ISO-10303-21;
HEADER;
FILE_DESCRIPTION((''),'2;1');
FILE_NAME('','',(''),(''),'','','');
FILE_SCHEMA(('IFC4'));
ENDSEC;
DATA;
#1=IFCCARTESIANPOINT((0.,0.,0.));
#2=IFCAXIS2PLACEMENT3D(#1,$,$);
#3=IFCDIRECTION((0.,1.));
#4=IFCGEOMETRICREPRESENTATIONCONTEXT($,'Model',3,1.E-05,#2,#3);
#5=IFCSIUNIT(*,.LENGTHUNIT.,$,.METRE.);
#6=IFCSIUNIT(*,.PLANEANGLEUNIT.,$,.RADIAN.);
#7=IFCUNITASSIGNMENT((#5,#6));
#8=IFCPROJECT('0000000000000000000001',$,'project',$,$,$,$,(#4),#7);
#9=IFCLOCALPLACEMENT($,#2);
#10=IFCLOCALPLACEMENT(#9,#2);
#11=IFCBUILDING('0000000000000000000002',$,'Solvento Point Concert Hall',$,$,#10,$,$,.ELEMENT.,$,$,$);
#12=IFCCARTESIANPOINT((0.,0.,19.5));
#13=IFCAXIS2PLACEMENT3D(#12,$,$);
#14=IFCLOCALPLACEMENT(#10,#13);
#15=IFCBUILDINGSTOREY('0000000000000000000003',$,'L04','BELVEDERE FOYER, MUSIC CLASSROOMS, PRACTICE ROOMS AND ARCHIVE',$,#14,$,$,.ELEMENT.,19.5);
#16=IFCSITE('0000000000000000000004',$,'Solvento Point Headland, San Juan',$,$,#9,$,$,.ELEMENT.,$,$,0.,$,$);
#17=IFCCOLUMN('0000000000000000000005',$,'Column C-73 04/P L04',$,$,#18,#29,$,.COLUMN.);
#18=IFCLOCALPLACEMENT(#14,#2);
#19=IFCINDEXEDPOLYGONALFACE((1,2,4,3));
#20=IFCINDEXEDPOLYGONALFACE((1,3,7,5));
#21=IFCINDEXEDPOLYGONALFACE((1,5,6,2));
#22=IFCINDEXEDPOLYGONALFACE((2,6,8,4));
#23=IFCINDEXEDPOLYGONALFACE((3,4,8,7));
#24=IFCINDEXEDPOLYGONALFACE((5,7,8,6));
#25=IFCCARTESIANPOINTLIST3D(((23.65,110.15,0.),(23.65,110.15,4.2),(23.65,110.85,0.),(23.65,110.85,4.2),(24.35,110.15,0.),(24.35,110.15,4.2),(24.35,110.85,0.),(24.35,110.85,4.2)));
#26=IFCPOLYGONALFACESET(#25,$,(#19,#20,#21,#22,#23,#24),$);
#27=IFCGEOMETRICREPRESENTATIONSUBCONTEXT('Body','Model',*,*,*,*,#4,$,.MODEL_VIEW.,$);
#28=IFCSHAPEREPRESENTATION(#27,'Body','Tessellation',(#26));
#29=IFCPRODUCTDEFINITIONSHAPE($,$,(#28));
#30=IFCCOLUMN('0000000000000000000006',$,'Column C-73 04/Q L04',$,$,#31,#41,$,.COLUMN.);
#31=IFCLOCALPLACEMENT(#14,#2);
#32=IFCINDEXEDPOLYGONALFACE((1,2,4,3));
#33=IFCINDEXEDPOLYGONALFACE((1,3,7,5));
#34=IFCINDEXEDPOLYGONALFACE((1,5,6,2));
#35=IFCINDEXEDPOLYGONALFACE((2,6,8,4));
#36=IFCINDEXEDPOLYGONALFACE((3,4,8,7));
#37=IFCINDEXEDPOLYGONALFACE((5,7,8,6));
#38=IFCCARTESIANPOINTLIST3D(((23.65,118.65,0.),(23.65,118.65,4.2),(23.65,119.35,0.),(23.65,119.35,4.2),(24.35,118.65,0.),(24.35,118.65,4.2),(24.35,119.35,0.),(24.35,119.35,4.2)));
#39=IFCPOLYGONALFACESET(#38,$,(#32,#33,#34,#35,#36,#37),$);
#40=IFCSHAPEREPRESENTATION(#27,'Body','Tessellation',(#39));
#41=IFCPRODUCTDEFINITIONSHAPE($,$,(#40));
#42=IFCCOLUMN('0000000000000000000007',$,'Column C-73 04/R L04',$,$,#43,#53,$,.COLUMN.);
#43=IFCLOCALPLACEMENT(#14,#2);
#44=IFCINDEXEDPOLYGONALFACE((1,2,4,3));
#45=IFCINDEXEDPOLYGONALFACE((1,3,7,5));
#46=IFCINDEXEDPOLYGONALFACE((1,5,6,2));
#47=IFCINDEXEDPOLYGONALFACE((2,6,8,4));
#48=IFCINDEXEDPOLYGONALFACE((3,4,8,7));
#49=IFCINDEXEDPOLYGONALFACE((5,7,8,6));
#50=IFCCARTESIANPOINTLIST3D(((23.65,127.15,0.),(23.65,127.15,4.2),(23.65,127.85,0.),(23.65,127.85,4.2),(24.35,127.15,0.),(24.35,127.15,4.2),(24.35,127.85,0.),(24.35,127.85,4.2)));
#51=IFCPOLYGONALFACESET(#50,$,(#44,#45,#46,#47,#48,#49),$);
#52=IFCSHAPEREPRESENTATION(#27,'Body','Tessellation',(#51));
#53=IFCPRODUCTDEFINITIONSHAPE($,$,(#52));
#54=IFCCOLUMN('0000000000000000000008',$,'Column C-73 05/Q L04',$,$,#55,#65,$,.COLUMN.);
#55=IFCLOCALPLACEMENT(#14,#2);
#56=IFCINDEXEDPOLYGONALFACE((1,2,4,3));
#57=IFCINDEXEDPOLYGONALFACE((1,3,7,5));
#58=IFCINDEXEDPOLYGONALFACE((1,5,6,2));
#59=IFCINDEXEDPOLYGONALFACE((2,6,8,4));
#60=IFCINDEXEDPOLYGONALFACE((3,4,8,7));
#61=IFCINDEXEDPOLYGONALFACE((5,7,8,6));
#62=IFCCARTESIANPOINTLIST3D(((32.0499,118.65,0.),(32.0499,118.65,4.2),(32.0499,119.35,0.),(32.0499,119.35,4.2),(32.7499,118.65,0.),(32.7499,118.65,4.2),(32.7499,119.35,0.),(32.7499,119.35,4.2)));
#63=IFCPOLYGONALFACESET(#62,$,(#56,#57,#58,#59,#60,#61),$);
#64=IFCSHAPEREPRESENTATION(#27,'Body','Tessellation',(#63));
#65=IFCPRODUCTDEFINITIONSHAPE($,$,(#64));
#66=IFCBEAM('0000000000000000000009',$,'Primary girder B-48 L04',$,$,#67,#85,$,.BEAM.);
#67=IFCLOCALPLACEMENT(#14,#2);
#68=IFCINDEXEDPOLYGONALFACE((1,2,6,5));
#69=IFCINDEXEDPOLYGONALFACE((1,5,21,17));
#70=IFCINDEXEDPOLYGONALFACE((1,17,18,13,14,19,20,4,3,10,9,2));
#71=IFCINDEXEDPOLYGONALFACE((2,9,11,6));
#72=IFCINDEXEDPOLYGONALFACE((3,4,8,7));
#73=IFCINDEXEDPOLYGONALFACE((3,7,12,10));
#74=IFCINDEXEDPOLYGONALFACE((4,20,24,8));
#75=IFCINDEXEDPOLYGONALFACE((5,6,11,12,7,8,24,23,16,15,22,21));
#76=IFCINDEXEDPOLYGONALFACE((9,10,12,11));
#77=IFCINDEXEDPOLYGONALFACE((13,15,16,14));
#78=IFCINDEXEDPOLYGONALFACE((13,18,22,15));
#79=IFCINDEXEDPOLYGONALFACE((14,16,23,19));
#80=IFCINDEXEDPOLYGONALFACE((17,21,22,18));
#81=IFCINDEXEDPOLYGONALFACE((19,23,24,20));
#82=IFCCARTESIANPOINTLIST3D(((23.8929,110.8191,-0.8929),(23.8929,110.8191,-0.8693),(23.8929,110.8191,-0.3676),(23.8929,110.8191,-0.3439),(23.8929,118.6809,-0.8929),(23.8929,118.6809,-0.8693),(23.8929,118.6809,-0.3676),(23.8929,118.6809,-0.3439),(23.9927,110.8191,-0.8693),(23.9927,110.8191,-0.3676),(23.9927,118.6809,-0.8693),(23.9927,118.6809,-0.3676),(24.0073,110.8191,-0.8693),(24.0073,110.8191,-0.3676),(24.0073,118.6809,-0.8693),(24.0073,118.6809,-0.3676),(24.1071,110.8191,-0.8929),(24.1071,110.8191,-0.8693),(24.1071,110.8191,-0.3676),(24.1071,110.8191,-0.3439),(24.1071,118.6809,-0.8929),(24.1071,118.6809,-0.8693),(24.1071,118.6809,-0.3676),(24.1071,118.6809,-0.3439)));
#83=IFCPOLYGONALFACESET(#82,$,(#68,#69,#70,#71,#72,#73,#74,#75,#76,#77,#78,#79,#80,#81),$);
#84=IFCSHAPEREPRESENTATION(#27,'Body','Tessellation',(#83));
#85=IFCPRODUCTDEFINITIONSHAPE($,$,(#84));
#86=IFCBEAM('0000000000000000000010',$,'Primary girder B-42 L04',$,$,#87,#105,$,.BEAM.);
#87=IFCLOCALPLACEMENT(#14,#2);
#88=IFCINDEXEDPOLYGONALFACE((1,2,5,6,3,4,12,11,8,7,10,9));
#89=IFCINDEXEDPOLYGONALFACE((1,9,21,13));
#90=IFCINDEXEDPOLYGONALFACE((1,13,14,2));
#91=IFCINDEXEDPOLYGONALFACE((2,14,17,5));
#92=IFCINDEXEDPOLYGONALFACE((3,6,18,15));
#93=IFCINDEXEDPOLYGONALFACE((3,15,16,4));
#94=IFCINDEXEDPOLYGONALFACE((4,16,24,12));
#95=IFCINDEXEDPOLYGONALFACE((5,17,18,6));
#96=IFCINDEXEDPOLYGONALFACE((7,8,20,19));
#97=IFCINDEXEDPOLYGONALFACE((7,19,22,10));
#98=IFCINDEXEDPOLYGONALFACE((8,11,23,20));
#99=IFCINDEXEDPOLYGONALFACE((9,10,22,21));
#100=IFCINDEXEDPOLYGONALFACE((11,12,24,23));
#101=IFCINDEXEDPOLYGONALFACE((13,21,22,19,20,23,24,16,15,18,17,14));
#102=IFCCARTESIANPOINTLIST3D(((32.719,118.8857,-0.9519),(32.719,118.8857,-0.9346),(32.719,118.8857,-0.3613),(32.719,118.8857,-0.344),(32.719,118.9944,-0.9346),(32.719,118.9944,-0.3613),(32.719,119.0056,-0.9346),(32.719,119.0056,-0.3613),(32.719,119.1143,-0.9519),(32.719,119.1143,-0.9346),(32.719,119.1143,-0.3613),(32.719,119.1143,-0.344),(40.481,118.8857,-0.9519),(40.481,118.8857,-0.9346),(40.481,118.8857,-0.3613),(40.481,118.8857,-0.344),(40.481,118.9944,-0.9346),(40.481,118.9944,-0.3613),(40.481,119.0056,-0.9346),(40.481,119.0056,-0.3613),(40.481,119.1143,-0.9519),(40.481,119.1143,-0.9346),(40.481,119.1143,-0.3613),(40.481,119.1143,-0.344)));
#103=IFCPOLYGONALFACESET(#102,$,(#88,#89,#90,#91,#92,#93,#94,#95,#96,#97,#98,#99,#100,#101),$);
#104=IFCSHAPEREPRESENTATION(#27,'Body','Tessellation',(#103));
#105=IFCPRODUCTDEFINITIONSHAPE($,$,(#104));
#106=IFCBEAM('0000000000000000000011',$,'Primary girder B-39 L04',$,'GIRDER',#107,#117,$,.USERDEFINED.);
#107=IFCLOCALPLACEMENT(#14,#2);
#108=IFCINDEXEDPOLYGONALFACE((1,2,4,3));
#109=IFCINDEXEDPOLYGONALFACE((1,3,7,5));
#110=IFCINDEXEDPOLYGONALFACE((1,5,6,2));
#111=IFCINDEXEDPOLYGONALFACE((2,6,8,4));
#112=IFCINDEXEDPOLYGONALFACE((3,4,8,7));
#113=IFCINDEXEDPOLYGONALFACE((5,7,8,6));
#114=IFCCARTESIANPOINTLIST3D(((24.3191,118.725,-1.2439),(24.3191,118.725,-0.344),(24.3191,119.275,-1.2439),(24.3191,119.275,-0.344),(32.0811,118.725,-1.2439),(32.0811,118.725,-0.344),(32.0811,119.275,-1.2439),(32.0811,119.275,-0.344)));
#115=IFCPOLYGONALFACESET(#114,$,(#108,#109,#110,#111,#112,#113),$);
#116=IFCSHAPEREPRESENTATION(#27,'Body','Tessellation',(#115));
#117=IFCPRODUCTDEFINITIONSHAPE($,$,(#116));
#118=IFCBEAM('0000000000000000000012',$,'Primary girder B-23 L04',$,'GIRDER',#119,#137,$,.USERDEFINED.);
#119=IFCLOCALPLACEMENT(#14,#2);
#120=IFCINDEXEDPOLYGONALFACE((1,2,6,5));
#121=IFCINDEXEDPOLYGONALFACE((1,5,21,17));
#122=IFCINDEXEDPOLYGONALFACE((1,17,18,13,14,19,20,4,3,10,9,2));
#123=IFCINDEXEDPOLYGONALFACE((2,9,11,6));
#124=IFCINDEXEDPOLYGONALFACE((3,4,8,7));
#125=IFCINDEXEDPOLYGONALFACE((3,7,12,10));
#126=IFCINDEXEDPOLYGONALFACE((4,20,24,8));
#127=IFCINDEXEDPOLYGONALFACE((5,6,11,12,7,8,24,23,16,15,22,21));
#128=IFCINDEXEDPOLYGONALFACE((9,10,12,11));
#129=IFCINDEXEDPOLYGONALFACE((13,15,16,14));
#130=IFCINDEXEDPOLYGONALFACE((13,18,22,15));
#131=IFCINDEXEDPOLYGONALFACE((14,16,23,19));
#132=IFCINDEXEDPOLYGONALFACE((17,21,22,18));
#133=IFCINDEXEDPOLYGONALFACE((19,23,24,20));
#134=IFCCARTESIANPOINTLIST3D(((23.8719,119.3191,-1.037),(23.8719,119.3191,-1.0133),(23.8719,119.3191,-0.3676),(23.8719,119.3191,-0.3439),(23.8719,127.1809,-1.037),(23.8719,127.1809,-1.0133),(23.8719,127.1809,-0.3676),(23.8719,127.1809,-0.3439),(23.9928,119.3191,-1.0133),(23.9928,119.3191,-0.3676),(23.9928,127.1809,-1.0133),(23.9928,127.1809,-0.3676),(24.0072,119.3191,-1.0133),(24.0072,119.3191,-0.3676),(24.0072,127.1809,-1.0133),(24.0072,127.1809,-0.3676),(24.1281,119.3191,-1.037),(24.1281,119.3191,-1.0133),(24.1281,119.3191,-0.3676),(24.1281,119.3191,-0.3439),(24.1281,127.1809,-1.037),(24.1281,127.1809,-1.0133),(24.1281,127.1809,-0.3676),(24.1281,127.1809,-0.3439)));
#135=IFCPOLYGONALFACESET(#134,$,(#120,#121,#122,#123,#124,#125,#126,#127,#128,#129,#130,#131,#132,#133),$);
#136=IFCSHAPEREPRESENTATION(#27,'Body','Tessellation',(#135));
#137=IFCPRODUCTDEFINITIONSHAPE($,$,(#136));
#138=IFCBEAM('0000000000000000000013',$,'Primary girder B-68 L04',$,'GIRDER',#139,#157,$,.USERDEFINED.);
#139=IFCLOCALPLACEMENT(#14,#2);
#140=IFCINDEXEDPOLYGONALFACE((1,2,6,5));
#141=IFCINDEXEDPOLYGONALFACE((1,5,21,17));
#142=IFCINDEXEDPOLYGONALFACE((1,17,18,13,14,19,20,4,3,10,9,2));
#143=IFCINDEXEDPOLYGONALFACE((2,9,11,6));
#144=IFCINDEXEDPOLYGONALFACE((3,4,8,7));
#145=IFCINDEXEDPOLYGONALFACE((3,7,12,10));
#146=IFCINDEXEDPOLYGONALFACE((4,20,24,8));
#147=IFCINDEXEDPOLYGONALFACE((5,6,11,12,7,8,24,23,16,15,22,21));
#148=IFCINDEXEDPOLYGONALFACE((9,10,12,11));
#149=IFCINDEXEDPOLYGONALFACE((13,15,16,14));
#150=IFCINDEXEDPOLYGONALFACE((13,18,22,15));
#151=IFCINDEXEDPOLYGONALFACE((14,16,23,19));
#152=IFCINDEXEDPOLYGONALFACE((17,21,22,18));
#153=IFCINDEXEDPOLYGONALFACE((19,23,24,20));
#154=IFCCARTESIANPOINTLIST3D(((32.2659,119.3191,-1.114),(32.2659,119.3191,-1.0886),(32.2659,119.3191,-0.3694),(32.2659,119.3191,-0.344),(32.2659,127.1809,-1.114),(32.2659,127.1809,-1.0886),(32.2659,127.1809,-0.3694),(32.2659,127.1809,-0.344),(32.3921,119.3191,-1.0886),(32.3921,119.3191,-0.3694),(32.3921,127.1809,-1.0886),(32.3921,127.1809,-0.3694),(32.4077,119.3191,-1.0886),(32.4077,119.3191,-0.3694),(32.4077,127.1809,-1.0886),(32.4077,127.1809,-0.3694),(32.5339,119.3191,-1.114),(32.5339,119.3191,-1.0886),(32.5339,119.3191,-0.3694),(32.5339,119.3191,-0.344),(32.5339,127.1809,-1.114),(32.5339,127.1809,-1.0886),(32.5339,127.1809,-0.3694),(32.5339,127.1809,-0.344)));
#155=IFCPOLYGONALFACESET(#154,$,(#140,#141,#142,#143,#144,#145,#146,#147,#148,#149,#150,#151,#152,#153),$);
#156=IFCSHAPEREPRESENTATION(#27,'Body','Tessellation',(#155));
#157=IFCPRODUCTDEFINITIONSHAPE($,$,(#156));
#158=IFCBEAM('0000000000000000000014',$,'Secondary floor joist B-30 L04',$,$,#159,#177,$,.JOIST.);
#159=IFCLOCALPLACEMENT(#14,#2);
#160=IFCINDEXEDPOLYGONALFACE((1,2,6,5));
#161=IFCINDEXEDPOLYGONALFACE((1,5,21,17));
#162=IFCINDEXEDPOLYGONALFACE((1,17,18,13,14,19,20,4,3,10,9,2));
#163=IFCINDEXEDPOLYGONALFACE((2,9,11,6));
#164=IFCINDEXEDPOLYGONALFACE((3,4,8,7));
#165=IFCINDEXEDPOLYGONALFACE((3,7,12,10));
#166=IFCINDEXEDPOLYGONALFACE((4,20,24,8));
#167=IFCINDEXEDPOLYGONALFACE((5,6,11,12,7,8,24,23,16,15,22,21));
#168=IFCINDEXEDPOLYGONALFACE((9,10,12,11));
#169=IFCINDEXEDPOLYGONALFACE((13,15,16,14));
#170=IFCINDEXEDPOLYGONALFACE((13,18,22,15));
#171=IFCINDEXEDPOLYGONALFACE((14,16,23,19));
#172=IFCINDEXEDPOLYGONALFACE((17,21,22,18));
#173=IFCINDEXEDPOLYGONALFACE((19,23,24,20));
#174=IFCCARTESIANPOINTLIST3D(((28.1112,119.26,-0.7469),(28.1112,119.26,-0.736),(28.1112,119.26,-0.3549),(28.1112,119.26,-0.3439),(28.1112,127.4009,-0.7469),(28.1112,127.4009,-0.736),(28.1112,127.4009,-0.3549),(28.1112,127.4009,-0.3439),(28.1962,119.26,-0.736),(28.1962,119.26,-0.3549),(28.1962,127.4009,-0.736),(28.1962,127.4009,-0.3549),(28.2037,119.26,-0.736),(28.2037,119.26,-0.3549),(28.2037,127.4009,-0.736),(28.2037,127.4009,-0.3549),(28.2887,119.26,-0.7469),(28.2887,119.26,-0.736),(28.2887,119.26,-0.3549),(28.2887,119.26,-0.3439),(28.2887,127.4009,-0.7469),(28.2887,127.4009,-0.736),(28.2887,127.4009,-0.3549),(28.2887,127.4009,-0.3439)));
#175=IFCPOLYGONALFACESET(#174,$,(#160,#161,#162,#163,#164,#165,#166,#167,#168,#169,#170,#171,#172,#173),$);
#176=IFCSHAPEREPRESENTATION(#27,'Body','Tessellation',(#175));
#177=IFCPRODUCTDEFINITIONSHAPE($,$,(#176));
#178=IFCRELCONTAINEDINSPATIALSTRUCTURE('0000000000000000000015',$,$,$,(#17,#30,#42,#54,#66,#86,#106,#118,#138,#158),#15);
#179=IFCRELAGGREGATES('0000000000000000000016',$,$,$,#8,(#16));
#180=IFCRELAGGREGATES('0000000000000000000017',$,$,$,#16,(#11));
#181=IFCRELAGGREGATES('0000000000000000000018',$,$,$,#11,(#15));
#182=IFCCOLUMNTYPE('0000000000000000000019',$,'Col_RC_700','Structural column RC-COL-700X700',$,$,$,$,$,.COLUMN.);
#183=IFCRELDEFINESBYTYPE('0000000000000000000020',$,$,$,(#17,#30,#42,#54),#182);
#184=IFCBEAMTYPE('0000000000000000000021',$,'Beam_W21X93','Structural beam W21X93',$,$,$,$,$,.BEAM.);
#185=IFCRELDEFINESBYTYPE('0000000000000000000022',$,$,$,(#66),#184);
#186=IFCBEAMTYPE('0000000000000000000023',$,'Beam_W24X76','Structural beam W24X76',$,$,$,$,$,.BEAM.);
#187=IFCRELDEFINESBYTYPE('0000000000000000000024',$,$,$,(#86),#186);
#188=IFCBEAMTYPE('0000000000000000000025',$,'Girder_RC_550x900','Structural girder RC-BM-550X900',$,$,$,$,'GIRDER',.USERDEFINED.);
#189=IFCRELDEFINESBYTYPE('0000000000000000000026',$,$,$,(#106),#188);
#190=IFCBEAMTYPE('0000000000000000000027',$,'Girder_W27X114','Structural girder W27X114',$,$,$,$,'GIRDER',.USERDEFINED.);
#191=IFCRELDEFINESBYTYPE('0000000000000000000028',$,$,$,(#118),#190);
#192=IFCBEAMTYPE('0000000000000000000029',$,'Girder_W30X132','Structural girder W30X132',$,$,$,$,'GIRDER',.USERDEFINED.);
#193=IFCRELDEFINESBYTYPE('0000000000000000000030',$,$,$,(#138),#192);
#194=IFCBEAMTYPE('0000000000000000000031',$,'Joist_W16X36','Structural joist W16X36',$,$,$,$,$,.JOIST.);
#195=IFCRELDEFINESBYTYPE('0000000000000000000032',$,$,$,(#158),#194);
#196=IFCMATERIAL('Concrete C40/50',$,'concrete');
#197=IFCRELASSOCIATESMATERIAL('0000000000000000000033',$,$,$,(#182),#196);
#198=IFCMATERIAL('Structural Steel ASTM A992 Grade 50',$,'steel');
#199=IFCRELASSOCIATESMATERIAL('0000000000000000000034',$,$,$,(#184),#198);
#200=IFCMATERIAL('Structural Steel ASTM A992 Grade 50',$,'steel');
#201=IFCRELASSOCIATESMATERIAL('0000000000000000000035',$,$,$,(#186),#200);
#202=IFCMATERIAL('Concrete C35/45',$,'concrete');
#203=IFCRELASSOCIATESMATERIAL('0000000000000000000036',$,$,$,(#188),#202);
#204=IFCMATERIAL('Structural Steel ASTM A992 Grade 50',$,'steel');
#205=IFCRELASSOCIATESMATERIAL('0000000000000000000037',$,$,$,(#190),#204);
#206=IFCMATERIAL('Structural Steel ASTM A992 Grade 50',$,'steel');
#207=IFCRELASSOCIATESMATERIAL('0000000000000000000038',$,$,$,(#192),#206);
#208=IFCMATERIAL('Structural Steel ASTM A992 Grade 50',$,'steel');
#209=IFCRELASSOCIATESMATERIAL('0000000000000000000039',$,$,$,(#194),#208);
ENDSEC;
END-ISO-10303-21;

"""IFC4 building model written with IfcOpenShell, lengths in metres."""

from ifc_helpers import new_model, si_unit, direction, frame, origin, origin_2d, place, context, subcontext, project, spatial, rectangle, i_section, extrude, material, material_profile, profile_set, type_object, element, save


model = new_model("IFC4")

# Units and contexts
model_context = context("Model", 3, precision=1e-05, world=origin(), true_north=direction((0.0, 1.0)))
body_context = subcontext(model_context, "Body", "Model", "MODEL_VIEW")
ifc_project = project(units=[si_unit("LENGTHUNIT", "METRE"), si_unit("PLANEANGLEUNIT", "RADIAN")], contexts=[model_context])

# Site, building, storey
site_placement = place(None, origin())
site = spatial("IfcSite", under=ifc_project, at=site_placement, Name="Solvento Point Headland, San Juan", CompositionType="ELEMENT", RefElevation=0.0)
building_placement = place(site_placement, origin())
building = spatial("IfcBuilding", under=site, at=building_placement, Name="Solvento Point Concert Hall", CompositionType="ELEMENT")
storey_placement = place(building_placement, frame((0.0, 0.0, 19.5)))
storey = spatial("IfcBuildingStorey", under=building, at=storey_placement, Name="L04", Description="BELVEDERE FOYER, MUSIC CLASSROOMS, PRACTICE ROOMS AND ARCHIVE", CompositionType="ELEMENT", Elevation=19.5)

# Columns
ifc_material_1 = material(Name="Concrete C40/50", Category="concrete")
ifc_material_profile_1 = material_profile(ifc_material_1, rectangle(XDim=0.7, YDim=0.7, at=origin_2d()), Name="RC-COL-700X700")
ifc_profile_set_1 = profile_set([ifc_material_profile_1], Name="Concrete C40/50")
column_type = type_object("IfcColumnType", Name="Col_RC_700", Description="Structural column RC-COL-700X700", PredefinedType="COLUMN", material=ifc_profile_set_1)
for number, where, z_axis, x_axis, name in (
    (1, (24.0, 110.5, 0.0), (0.0, 0.0, 1.0), (1.0, 0.0, 0.0), "Column C-73 04/P L04"),
    (2, (24.0, 119.0, 0.0), (0.0, 0.0, 1.0), (1.0, 0.0, 0.0), "Column C-73 04/Q L04"),
    (3, (24.0, 127.5, 0.0), (0.0, 0.0, 1.0), (1.0, 0.0, 0.0), "Column C-73 04/R L04"),
    (4, (32.3999, 119.0, 0.0), (0.0, 0.0, 1.0), (1.0, 0.0, 0.0), "Column C-73 05/Q L04"),
):
    element("IfcColumn", number, at=place(storey_placement, frame(where, z_axis=z_axis, x_axis=x_axis)), inside=storey, type_object=column_type, Name=name, PredefinedType="COLUMN", context=body_context, shape_type="SweptSolid", body=[
        extrude(rectangle(XDim=0.7, YDim=0.7, at=origin_2d()), origin(), (0.0, 0.0, 1.0), 4.2),
    ])

# Beams
ifc_material_2 = material(Name="Structural Steel ASTM A992 Grade 50", Category="steel")
ifc_material_profile_2 = material_profile(ifc_material_2, i_section(OverallWidth=0.2141, OverallDepth=0.5491, WebThickness=0.0146, FlangeThickness=0.0237, at=origin_2d()), Name="W21X93")
ifc_profile_set_2 = profile_set([ifc_material_profile_2], Name="Structural Steel ASTM A992 Grade 50")
beam_type_1 = type_object("IfcBeamType", Name="Beam_W21X93", Description="Structural beam W21X93", PredefinedType="BEAM", material=ifc_profile_set_2)
beam_1_placement = place(storey_placement, frame((24.0, 110.8191, -0.6184), z_axis=(0.0, 1.0, 0.0), x_axis=(-1.0, 0.0, 0.0)))
element("IfcBeam", 5, at=beam_1_placement, inside=storey, type_object=beam_type_1, Name="Primary girder B-48 L04", PredefinedType="BEAM", context=body_context, shape_type="SweptSolid", body=[
    extrude(i_section(OverallWidth=0.2141, OverallDepth=0.5491, WebThickness=0.0146, FlangeThickness=0.0237, at=origin_2d()), origin(), (0.0, 0.0, 1.0), 7.8618),
])
ifc_material_3 = material(Name="Structural Steel ASTM A992 Grade 50", Category="steel")
ifc_material_profile_3 = material_profile(ifc_material_3, i_section(OverallWidth=0.2285, OverallDepth=0.6079, WebThickness=0.0112, FlangeThickness=0.0173, at=origin_2d()), Name="W24X76")
ifc_profile_set_3 = profile_set([ifc_material_profile_3], Name="Structural Steel ASTM A992 Grade 50")
beam_type_2 = type_object("IfcBeamType", Name="Beam_W24X76", Description="Structural beam W24X76", PredefinedType="BEAM", material=ifc_profile_set_3)
beam_2_placement = place(storey_placement, frame((32.719, 119.0, -0.6479), z_axis=(1.0, 0.0, 0.0), x_axis=(0.0, 1.0, 0.0)))
element("IfcBeam", 6, at=beam_2_placement, inside=storey, type_object=beam_type_2, Name="Primary girder B-42 L04", PredefinedType="BEAM", context=body_context, shape_type="SweptSolid", body=[
    extrude(i_section(OverallWidth=0.2285, OverallDepth=0.6079, WebThickness=0.0112, FlangeThickness=0.0173, at=origin_2d()), origin(), (0.0, 0.0, 1.0), 7.762),
])
ifc_material_4 = material(Name="Concrete C35/45", Category="concrete")
ifc_material_profile_4 = material_profile(ifc_material_4, rectangle(XDim=0.55, YDim=0.8999, at=origin_2d()), Name="RC-BM-550X900")
ifc_profile_set_4 = profile_set([ifc_material_profile_4], Name="Concrete C35/45")
beam_type_3 = type_object("IfcBeamType", Name="Girder_RC_550x900", Description="Structural girder RC-BM-550X900", ElementType="GIRDER", PredefinedType="USERDEFINED", material=ifc_profile_set_4)
beam_3_placement = place(storey_placement, frame((24.3191, 119.0, -0.7939), z_axis=(1.0, 0.0, 0.0), x_axis=(0.0, 1.0, 0.0)))
element("IfcBeam", 7, at=beam_3_placement, inside=storey, type_object=beam_type_3, Name="Primary girder B-39 L04", ObjectType="GIRDER", PredefinedType="USERDEFINED", context=body_context, shape_type="SweptSolid", body=[
    extrude(rectangle(XDim=0.55, YDim=0.8999, at=origin_2d()), origin(), (0.0, 0.0, 1.0), 7.762),
])
ifc_material_5 = material(Name="Structural Steel ASTM A992 Grade 50", Category="steel")
ifc_material_profile_5 = material_profile(ifc_material_5, i_section(OverallWidth=0.2561, OverallDepth=0.6931, WebThickness=0.0144, FlangeThickness=0.0237, at=origin_2d()), Name="W27X114")
ifc_profile_set_5 = profile_set([ifc_material_profile_5], Name="Structural Steel ASTM A992 Grade 50")
beam_type_4 = type_object("IfcBeamType", Name="Girder_W27X114", Description="Structural girder W27X114", ElementType="GIRDER", PredefinedType="USERDEFINED", material=ifc_profile_set_5)
beam_4_placement = place(storey_placement, frame((24.0, 119.3191, -0.6904), z_axis=(0.0, 1.0, 0.0), x_axis=(-1.0, 0.0, 0.0)))
element("IfcBeam", 8, at=beam_4_placement, inside=storey, type_object=beam_type_4, Name="Primary girder B-23 L04", ObjectType="GIRDER", PredefinedType="USERDEFINED", context=body_context, shape_type="SweptSolid", body=[
    extrude(i_section(OverallWidth=0.2561, OverallDepth=0.6931, WebThickness=0.0144, FlangeThickness=0.0237, at=origin_2d()), origin(), (0.0, 0.0, 1.0), 7.8618),
])
ifc_material_6 = material(Name="Structural Steel ASTM A992 Grade 50", Category="steel")
ifc_material_profile_6 = material_profile(ifc_material_6, i_section(OverallWidth=0.2681, OverallDepth=0.77, WebThickness=0.0156, FlangeThickness=0.0254, at=origin_2d()), Name="W30X132")
ifc_profile_set_6 = profile_set([ifc_material_profile_6], Name="Structural Steel ASTM A992 Grade 50")
beam_type_5 = type_object("IfcBeamType", Name="Girder_W30X132", Description="Structural girder W30X132", ElementType="GIRDER", PredefinedType="USERDEFINED", material=ifc_profile_set_6)
beam_5_placement = place(storey_placement, frame((32.3999, 119.3191, -0.729), z_axis=(0.0, 1.0, 0.0), x_axis=(-1.0, 0.0, 0.0)))
element("IfcBeam", 9, at=beam_5_placement, inside=storey, type_object=beam_type_5, Name="Primary girder B-68 L04", ObjectType="GIRDER", PredefinedType="USERDEFINED", context=body_context, shape_type="SweptSolid", body=[
    extrude(i_section(OverallWidth=0.2681, OverallDepth=0.77, WebThickness=0.0156, FlangeThickness=0.0254, at=origin_2d()), origin(), (0.0, 0.0, 1.0), 7.8618),
])
ifc_material_7 = material(Name="Structural Steel ASTM A992 Grade 50", Category="steel")
ifc_material_profile_7 = material_profile(ifc_material_7, i_section(OverallWidth=0.1775, OverallDepth=0.4031, WebThickness=0.0076, FlangeThickness=0.011, at=origin_2d()), Name="W16X36")
ifc_profile_set_7 = profile_set([ifc_material_profile_7], Name="Structural Steel ASTM A992 Grade 50")
beam_type_6 = type_object("IfcBeamType", Name="Joist_W16X36", Description="Structural joist W16X36", PredefinedType="JOIST", material=ifc_profile_set_7)
beam_6_placement = place(storey_placement, frame((28.2, 119.26, -0.5454), z_axis=(0.0, 1.0, 0.0), x_axis=(-1.0, 0.0, 0.0)))
element("IfcBeam", 10, at=beam_6_placement, inside=storey, type_object=beam_type_6, Name="Secondary floor joist B-30 L04", PredefinedType="JOIST", context=body_context, shape_type="SweptSolid", body=[
    extrude(i_section(OverallWidth=0.1775, OverallDepth=0.4031, WebThickness=0.0076, FlangeThickness=0.011, at=origin_2d()), origin(), (0.0, 0.0, 1.0), 8.1409),
])

save(model, "model.ifc")
